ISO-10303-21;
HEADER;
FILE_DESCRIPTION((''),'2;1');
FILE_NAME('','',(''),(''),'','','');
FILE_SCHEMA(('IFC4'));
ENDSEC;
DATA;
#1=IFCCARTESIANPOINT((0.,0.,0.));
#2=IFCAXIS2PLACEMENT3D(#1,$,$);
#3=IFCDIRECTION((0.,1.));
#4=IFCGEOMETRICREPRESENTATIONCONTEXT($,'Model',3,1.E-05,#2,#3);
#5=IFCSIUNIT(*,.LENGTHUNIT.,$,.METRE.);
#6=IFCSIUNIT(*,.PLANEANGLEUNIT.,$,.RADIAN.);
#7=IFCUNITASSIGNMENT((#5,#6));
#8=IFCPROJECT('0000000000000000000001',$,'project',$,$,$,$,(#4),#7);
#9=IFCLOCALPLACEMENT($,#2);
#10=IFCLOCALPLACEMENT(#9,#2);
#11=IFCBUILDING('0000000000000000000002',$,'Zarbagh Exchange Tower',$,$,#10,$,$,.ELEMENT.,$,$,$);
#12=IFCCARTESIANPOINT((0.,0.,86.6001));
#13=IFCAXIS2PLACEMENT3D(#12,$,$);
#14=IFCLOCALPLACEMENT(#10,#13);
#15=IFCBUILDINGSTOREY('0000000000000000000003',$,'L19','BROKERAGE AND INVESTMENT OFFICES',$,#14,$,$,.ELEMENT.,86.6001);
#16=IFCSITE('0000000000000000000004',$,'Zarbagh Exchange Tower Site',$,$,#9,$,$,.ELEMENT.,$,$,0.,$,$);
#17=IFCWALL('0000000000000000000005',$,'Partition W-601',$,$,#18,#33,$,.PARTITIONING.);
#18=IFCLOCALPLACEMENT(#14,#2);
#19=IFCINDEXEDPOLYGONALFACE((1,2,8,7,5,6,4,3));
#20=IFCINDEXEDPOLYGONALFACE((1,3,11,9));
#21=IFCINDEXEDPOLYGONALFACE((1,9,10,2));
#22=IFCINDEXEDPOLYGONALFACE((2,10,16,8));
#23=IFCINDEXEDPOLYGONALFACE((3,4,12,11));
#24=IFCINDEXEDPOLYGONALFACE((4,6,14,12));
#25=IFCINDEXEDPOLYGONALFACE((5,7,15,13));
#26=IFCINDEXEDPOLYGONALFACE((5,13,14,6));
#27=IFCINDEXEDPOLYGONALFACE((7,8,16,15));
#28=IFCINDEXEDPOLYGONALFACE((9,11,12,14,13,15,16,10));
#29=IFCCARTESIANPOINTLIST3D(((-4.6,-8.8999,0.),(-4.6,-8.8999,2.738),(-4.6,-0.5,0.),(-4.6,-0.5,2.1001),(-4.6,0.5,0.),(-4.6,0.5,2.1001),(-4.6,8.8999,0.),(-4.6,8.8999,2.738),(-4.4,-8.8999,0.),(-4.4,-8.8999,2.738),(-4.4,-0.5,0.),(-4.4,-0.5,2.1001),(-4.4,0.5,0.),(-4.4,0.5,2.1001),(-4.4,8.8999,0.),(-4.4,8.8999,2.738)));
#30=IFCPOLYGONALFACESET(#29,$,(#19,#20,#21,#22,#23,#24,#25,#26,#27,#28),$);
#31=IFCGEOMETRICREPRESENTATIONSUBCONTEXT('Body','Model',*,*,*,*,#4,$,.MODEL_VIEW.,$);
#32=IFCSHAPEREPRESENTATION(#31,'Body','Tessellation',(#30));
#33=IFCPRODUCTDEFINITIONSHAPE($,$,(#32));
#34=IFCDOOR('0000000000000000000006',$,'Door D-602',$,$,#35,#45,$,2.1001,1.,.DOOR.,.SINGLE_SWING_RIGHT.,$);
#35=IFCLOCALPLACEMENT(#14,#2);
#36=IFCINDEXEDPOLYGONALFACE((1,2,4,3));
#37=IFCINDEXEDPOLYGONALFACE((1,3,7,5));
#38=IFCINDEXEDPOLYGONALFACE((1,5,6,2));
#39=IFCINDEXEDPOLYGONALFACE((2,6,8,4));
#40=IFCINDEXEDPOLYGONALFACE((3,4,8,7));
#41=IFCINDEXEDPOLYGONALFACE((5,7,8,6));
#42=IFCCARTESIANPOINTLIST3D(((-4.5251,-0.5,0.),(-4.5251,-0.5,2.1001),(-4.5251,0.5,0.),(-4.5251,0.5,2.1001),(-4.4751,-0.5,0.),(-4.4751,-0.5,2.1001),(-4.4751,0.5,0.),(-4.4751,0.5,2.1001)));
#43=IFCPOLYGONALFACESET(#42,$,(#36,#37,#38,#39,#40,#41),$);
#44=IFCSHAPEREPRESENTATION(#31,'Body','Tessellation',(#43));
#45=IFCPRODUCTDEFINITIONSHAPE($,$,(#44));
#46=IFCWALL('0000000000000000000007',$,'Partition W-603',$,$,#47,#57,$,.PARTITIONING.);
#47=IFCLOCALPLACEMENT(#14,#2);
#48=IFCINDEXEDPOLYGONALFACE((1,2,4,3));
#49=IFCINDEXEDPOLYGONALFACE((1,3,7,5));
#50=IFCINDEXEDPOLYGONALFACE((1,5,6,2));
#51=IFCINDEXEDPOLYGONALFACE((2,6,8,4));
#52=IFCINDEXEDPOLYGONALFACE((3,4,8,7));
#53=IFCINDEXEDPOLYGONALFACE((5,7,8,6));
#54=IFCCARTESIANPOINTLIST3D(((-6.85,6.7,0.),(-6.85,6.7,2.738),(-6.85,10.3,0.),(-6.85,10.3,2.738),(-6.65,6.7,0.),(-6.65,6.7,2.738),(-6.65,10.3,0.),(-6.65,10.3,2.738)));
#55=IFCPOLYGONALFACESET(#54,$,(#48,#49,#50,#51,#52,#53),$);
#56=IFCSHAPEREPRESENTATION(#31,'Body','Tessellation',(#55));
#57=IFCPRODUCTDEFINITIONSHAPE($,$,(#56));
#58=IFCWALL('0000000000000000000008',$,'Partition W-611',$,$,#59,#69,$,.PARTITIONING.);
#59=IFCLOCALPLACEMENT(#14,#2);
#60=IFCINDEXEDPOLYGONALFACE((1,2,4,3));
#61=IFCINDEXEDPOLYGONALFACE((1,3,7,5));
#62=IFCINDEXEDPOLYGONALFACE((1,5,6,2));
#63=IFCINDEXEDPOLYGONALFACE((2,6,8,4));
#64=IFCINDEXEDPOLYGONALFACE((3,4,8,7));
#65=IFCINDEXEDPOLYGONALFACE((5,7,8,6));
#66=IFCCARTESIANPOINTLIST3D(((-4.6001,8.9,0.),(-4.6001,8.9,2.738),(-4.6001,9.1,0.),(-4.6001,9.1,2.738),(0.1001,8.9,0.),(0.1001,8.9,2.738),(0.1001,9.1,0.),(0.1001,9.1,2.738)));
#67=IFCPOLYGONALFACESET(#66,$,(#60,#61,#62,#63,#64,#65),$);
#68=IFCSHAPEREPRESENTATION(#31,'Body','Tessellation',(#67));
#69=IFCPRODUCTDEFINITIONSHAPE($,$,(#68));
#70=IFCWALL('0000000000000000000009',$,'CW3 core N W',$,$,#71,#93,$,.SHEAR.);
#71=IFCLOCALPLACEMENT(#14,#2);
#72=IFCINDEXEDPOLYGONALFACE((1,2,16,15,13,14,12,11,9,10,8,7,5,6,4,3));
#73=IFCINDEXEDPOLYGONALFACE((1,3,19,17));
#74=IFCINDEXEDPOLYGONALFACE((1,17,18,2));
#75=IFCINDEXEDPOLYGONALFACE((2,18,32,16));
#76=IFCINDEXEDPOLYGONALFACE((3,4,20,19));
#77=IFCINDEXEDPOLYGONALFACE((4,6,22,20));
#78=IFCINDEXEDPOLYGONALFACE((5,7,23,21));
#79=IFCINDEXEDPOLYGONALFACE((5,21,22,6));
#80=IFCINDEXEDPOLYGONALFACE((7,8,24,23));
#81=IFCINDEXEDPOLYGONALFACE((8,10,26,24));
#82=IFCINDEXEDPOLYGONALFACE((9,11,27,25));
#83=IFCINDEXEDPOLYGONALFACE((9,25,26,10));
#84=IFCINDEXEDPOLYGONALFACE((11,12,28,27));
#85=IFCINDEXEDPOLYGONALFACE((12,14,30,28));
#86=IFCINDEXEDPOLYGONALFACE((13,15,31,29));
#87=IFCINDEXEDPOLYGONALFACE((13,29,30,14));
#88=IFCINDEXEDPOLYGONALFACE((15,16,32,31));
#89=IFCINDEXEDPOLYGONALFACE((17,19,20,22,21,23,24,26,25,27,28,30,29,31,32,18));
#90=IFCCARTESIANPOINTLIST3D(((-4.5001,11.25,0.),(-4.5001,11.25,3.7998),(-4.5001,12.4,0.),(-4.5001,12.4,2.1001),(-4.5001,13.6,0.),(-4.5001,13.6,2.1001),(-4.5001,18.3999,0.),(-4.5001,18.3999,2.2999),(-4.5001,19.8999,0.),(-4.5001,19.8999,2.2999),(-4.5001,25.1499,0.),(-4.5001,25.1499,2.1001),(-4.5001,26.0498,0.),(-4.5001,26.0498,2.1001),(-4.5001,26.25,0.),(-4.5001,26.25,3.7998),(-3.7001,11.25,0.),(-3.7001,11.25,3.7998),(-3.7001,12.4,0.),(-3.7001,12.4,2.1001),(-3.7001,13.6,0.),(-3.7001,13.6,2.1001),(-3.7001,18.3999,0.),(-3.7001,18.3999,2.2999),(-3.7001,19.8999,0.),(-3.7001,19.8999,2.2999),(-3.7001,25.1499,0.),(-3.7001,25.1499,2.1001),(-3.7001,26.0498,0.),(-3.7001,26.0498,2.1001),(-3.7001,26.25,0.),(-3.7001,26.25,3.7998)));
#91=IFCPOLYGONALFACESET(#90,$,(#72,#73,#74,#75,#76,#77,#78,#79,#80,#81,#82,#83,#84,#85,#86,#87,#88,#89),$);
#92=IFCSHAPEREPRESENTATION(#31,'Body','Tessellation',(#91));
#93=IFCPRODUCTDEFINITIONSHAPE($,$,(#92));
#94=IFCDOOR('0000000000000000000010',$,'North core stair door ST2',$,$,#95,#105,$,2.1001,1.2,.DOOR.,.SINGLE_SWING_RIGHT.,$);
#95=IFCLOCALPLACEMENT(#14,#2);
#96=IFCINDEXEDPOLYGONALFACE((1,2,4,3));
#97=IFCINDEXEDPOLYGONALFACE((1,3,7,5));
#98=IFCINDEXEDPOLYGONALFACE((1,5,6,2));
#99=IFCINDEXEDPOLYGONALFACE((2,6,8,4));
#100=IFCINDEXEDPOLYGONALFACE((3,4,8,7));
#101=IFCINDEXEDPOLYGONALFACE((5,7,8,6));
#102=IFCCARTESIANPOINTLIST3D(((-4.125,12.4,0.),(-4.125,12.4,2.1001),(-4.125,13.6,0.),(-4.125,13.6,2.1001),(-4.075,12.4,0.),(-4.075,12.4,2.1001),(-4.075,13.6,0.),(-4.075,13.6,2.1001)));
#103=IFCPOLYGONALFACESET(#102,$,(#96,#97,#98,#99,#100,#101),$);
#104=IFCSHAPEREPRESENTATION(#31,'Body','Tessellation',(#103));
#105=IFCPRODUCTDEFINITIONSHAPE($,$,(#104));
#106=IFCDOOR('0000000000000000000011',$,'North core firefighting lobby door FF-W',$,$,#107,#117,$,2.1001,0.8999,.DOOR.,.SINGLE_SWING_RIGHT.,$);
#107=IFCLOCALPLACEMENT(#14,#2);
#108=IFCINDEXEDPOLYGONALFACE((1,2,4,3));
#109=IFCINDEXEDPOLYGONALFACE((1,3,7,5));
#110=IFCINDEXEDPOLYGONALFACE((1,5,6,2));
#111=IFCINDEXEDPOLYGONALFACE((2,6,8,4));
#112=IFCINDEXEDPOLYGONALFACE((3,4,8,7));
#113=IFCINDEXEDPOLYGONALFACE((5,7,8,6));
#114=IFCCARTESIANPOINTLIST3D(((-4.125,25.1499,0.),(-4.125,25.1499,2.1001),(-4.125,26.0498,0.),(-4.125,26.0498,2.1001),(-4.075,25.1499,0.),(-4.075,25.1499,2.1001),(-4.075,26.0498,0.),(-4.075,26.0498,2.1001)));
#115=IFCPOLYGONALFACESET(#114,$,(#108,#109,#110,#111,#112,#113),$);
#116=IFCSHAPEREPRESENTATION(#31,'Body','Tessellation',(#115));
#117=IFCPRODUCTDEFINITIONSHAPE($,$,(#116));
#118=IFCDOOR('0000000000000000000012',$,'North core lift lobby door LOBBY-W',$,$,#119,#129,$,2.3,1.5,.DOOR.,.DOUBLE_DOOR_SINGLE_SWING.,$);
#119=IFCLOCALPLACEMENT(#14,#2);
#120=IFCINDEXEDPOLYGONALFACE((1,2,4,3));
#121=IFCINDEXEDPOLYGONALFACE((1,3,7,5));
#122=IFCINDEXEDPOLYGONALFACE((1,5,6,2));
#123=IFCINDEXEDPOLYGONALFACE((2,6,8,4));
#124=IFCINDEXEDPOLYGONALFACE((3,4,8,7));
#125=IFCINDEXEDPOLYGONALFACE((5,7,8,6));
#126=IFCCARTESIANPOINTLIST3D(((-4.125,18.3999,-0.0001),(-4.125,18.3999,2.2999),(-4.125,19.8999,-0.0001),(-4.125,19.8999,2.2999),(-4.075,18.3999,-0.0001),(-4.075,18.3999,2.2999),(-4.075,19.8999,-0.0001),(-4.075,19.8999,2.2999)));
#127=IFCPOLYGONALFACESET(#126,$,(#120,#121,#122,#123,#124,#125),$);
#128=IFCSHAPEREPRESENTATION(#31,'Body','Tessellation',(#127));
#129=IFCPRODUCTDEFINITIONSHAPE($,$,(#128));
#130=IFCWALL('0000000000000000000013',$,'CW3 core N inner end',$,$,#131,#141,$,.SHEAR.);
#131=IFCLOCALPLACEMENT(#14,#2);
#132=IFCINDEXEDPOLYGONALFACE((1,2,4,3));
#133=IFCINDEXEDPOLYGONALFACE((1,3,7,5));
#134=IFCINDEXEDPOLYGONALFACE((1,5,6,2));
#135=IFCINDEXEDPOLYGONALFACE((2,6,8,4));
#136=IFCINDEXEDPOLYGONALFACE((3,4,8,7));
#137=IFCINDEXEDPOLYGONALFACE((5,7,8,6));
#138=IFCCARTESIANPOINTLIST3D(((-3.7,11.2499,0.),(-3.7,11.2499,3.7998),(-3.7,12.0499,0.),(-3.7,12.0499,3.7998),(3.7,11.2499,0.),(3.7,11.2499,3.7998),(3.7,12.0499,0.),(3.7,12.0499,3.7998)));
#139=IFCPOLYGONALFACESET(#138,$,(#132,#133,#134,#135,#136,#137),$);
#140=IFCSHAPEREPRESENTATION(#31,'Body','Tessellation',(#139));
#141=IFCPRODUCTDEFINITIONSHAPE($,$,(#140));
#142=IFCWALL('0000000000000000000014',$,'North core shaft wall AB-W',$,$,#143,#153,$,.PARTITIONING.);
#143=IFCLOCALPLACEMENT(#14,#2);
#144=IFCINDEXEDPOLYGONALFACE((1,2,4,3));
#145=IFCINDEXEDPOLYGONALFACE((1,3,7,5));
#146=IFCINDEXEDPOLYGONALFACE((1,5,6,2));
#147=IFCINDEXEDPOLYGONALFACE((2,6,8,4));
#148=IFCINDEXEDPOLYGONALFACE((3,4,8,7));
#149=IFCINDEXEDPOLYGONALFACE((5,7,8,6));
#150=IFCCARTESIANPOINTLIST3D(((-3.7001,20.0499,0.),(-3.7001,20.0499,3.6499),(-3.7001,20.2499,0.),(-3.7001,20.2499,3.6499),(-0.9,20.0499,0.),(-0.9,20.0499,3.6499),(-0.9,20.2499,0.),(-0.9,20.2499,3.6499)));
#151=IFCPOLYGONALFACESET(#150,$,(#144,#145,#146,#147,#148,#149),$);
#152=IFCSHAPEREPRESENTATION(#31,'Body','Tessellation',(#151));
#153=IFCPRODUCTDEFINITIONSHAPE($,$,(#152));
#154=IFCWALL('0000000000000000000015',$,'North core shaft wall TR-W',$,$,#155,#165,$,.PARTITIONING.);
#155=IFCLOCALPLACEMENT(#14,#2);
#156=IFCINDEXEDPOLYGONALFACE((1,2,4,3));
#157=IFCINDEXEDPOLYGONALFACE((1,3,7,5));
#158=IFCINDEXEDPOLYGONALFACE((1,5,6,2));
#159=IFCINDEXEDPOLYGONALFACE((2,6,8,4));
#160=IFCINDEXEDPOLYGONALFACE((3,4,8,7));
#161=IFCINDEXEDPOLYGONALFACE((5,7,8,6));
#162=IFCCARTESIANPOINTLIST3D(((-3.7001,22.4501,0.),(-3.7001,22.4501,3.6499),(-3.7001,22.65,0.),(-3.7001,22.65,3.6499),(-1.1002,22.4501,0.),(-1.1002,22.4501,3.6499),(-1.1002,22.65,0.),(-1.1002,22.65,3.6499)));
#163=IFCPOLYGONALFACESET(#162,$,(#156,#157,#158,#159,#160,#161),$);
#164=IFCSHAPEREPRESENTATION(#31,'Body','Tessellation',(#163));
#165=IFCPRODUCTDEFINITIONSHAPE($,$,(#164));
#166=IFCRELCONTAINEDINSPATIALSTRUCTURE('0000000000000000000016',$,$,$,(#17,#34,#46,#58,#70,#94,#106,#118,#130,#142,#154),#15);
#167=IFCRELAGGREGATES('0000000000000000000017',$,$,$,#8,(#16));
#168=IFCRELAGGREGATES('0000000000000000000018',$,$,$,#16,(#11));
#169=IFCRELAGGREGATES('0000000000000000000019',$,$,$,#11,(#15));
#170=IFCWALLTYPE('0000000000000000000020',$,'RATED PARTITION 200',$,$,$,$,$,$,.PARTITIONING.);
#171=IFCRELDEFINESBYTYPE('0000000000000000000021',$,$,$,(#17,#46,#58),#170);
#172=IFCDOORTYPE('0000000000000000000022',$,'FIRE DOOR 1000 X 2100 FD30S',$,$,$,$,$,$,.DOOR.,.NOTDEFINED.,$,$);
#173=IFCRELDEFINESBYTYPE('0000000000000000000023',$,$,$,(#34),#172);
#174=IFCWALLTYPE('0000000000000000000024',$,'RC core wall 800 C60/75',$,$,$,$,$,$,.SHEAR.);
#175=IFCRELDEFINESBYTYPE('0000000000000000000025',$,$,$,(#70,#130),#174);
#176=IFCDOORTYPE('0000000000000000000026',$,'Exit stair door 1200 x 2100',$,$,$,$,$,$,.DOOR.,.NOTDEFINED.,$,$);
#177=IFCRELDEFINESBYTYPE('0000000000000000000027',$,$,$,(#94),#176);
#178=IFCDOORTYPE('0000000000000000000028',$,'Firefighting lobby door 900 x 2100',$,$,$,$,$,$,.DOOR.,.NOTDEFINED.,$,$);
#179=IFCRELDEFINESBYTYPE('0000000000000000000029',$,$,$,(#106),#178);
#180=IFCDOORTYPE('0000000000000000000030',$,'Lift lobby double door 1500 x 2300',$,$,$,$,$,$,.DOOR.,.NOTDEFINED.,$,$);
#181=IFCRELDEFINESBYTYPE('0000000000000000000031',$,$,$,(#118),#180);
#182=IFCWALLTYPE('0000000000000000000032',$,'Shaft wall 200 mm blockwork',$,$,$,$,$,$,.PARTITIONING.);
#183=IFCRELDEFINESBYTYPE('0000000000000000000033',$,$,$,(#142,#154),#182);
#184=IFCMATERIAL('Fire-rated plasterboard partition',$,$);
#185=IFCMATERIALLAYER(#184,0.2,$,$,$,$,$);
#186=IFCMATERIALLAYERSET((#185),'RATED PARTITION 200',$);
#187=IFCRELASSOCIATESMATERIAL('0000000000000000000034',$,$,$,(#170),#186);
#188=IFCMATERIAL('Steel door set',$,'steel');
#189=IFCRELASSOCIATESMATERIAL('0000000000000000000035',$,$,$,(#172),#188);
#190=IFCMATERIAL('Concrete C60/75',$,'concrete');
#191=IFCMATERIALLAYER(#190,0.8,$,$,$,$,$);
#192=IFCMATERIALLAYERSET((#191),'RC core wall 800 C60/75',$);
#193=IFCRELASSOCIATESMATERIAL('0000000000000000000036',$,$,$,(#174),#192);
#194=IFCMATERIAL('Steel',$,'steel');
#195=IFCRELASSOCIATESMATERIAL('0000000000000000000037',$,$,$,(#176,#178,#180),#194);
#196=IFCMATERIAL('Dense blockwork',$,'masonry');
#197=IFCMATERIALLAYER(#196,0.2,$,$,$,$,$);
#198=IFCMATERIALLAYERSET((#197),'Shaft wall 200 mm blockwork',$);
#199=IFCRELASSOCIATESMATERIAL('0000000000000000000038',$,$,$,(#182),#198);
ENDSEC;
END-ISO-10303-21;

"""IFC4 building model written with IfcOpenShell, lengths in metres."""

from ifc_helpers import new_model, si_unit, direction, frame, frame_2d, origin, place, context, subcontext, project, spatial, rectangle, extrude, material, layer, layer_set, type_object, element, fill, save


model = new_model("IFC4")

# Units and contexts
model_context = context("Model", 3, precision=1e-05, world=origin(), true_north=direction((0.0, 1.0)))
body_context = subcontext(model_context, "Body", "Model", "MODEL_VIEW")
ifc_project = project(units=[si_unit("LENGTHUNIT", "METRE"), si_unit("PLANEANGLEUNIT", "RADIAN")], contexts=[model_context])

# Site, building, storey
site_placement = place(None, origin())
site = spatial("IfcSite", under=ifc_project, at=site_placement, Name="Zarbagh Exchange Tower Site", CompositionType="ELEMENT", RefElevation=0.0)
building_placement = place(site_placement, origin())
building = spatial("IfcBuilding", under=site, at=building_placement, Name="Zarbagh Exchange Tower", CompositionType="ELEMENT")
storey_placement = place(building_placement, frame((0.0, 0.0, 86.6001)))
storey = spatial("IfcBuildingStorey", under=building, at=storey_placement, Name="L19", Description="BROKERAGE AND INVESTMENT OFFICES", CompositionType="ELEMENT", Elevation=86.6001)

# Shared definitions
ifc_material_1 = material(Name="Concrete C60/75", Category="concrete")

# Wall, opening, door
ifc_material_2 = material(Name="Fire-rated plasterboard partition")
ifc_layer_1 = layer(ifc_material_2, 0.2)
ifc_layer_set_1 = layer_set([ifc_layer_1], Name="RATED PARTITION 200")
wall_type_1 = type_object("IfcWallType", Name="RATED PARTITION 200", PredefinedType="PARTITIONING", material=ifc_layer_set_1)
wall_1_placement = place(storey_placement, frame((-4.5, 8.8999, 0.0), z_axis=(0.0, 0.0, 1.0), x_axis=(0.0, -1.0, 0.0)))
wall_1 = element("IfcWall", 1, at=wall_1_placement, inside=storey, type_object=wall_type_1, Name="Partition W-601", PredefinedType="PARTITIONING", context=body_context, shape_type="SweptSolid", body=[
    extrude(rectangle(XDim=17.7998, YDim=0.2, at=frame_2d((8.8999, 0.0))), origin(), (0.0, 0.0, 1.0), 2.738),
])
opening_1_placement = place(wall_1_placement, frame((8.3999, 0.0, 0.0)))
opening_1 = element("IfcOpeningElement", 2, at=opening_1_placement, cuts=wall_1, PredefinedType="OPENING", context=body_context, shape_type="SweptSolid", body=[
    extrude(rectangle(XDim=1.0, YDim=2.1001, at=frame_2d((0.5, 1.05))), frame((0.0, 0.1099, 0.0), z_axis=(0.0, -1.0, 0.0), x_axis=(1.0, 0.0, 0.0)), (0.0, 0.0, 1.0), 0.22),
])
ifc_material_3 = material(Name="Steel door set", Category="steel")
door_type_1 = type_object("IfcDoorType", Name="FIRE DOOR 1000 X 2100 FD30S", OperationType="NOTDEFINED", PredefinedType="DOOR", material=ifc_material_3)
door_1_placement = place(opening_1_placement, origin())
door_1 = element("IfcDoor", 3, at=door_1_placement, inside=storey, type_object=door_type_1, Name="Door D-602", OperationType="SINGLE_SWING_RIGHT", OverallHeight=2.1001, OverallWidth=1.0, PredefinedType="DOOR", context=body_context, shape_type="SweptSolid", body=[
    extrude(rectangle(XDim=1.0, YDim=2.1001, at=frame_2d((0.5, 1.05))), frame((0.0, 0.0249, 0.0), z_axis=(0.0, -1.0, 0.0), x_axis=(1.0, 0.0, 0.0)), (0.0, 0.0, 1.0), 0.05),
])
fill(opening_1, door_1)

# Walls
wall_2_placement = place(storey_placement, frame((-6.75, 6.7, 0.0), z_axis=(0.0, 0.0, 1.0), x_axis=(0.0, 1.0, 0.0)))
element("IfcWall", 4, at=wall_2_placement, inside=storey, type_object=wall_type_1, Name="Partition W-603", PredefinedType="PARTITIONING", context=body_context, shape_type="SweptSolid", body=[
    extrude(rectangle(XDim=3.6001, YDim=0.2, at=frame_2d((1.8, 0.0))), origin(), (0.0, 0.0, 1.0), 2.738),
])
wall_3_placement = place(storey_placement, frame((-4.6001, 9.0, 0.0), z_axis=(0.0, 0.0, 1.0), x_axis=(1.0, 0.0, 0.0)))
element("IfcWall", 5, at=wall_3_placement, inside=storey, type_object=wall_type_1, Name="Partition W-611", PredefinedType="PARTITIONING", context=body_context, shape_type="SweptSolid", body=[
    extrude(rectangle(XDim=4.7002, YDim=0.2, at=frame_2d((2.3501, 0.0))), origin(), (0.0, 0.0, 1.0), 2.738),
])

# Wall, openings, doors
ifc_layer_2 = layer(ifc_material_1, 0.8)
ifc_layer_set_2 = layer_set([ifc_layer_2], Name="RC core wall 800 C60/75")
wall_type_2 = type_object("IfcWallType", Name="RC core wall 800 C60/75", PredefinedType="SHEAR", material=ifc_layer_set_2)
wall_4_placement = place(storey_placement, frame((-4.1001, 11.25, 0.0), z_axis=(0.0, 0.0, 1.0), x_axis=(0.0, 1.0, 0.0)))
wall_4 = element("IfcWall", 6, at=wall_4_placement, inside=storey, type_object=wall_type_2, Name="CW3 core N W", PredefinedType="SHEAR", context=body_context, shape_type="SweptSolid", body=[
    extrude(rectangle(XDim=15.0, YDim=0.8, at=frame_2d((7.5, 0.0))), origin(), (0.0, 0.0, 1.0), 3.7998),
])
opening_2_placement = place(wall_4_placement, frame((7.1499, 0.0, 0.0)))
opening_2 = element("IfcOpeningElement", 7, at=opening_2_placement, cuts=wall_4, PredefinedType="OPENING", context=body_context, shape_type="SweptSolid", body=[
    extrude(rectangle(XDim=1.5, YDim=2.3, at=frame_2d((0.75, 1.1499))), frame((0.0, 0.4099, 0.0), z_axis=(0.0, -1.0, 0.0), x_axis=(1.0, 0.0, 0.0)), (0.0, 0.0, 1.0), 0.8201),
])
opening_3_placement = place(wall_4_placement, frame((13.8999, 0.0, 0.0)))
opening_3 = element("IfcOpeningElement", 8, at=opening_3_placement, cuts=wall_4, PredefinedType="OPENING", context=body_context, shape_type="SweptSolid", body=[
    extrude(rectangle(XDim=0.8999, YDim=2.1001, at=frame_2d((0.45, 1.05))), frame((0.0, 0.4099, 0.0), z_axis=(0.0, -1.0, 0.0), x_axis=(1.0, 0.0, 0.0)), (0.0, 0.0, 1.0), 0.8201),
])
opening_4_placement = place(wall_4_placement, frame((1.1499, 0.0, 0.0)))
opening_4 = element("IfcOpeningElement", 9, at=opening_4_placement, cuts=wall_4, PredefinedType="OPENING", context=body_context, shape_type="SweptSolid", body=[
    extrude(rectangle(XDim=1.2, YDim=2.1001, at=frame_2d((0.6001, 1.05))), frame((0.0, 0.4099, 0.0), z_axis=(0.0, -1.0, 0.0), x_axis=(1.0, 0.0, 0.0)), (0.0, 0.0, 1.0), 0.8201),
])
ifc_material_4 = material(Name="Steel", Category="steel")
door_type_2 = type_object("IfcDoorType", Name="Exit stair door 1200 x 2100", OperationType="NOTDEFINED", PredefinedType="DOOR", material=ifc_material_4)
door_2_placement = place(opening_4_placement, origin())
door_2 = element("IfcDoor", 10, at=door_2_placement, inside=storey, type_object=door_type_2, Name="North core stair door ST2", OperationType="SINGLE_SWING_RIGHT", OverallHeight=2.1001, OverallWidth=1.2, PredefinedType="DOOR", context=body_context, shape_type="SweptSolid", body=[
    extrude(rectangle(XDim=1.2, YDim=2.1001, at=frame_2d((0.6001, 1.05))), frame((0.0, 0.0249, 0.0), z_axis=(0.0, -1.0, 0.0), x_axis=(1.0, 0.0, 0.0)), (0.0, 0.0, 1.0), 0.05),
])
fill(opening_4, door_2)
door_type_3 = type_object("IfcDoorType", Name="Firefighting lobby door 900 x 2100", OperationType="NOTDEFINED", PredefinedType="DOOR", material=ifc_material_4)
door_3_placement = place(opening_3_placement, origin())
door_3 = element("IfcDoor", 11, at=door_3_placement, inside=storey, type_object=door_type_3, Name="North core firefighting lobby door FF-W", OperationType="SINGLE_SWING_RIGHT", OverallHeight=2.1001, OverallWidth=0.8999, PredefinedType="DOOR", context=body_context, shape_type="SweptSolid", body=[
    extrude(rectangle(XDim=0.8999, YDim=2.1001, at=frame_2d((0.45, 1.05))), frame((0.0, 0.0249, 0.0), z_axis=(0.0, -1.0, 0.0), x_axis=(1.0, 0.0, 0.0)), (0.0, 0.0, 1.0), 0.05),
])
fill(opening_3, door_3)
door_type_4 = type_object("IfcDoorType", Name="Lift lobby double door 1500 x 2300", OperationType="NOTDEFINED", PredefinedType="DOOR", material=ifc_material_4)
door_4_placement = place(opening_2_placement, origin())
door_4 = element("IfcDoor", 12, at=door_4_placement, inside=storey, type_object=door_type_4, Name="North core lift lobby door LOBBY-W", OperationType="DOUBLE_DOOR_SINGLE_SWING", OverallHeight=2.3, OverallWidth=1.5, PredefinedType="DOOR", context=body_context, shape_type="SweptSolid", body=[
    extrude(rectangle(XDim=1.5, YDim=2.3, at=frame_2d((0.75, 1.1499))), frame((0.0, 0.0249, 0.0), z_axis=(0.0, -1.0, 0.0), x_axis=(1.0, 0.0, 0.0)), (0.0, 0.0, 1.0), 0.05),
])
fill(opening_2, door_4)

# Walls
wall_5_placement = place(storey_placement, frame((-3.7, 11.6499, 0.0), z_axis=(0.0, 0.0, 1.0), x_axis=(1.0, 0.0, 0.0)))
element("IfcWall", 13, at=wall_5_placement, inside=storey, type_object=wall_type_2, Name="CW3 core N inner end", PredefinedType="SHEAR", context=body_context, shape_type="SweptSolid", body=[
    extrude(rectangle(XDim=7.3999, YDim=0.8, at=frame_2d((3.7, 0.0))), origin(), (0.0, 0.0, 1.0), 3.7998),
])
ifc_material_5 = material(Name="Dense blockwork", Category="masonry")
ifc_layer_3 = layer(ifc_material_5, 0.2)
ifc_layer_set_3 = layer_set([ifc_layer_3], Name="Shaft wall 200 mm blockwork")
wall_type_3 = type_object("IfcWallType", Name="Shaft wall 200 mm blockwork", PredefinedType="PARTITIONING", material=ifc_layer_set_3)
wall_6_placement = place(storey_placement, frame((-3.7, 20.1499, 0.0), z_axis=(0.0, 0.0, 1.0), x_axis=(1.0, 0.0, 0.0)))
element("IfcWall", 14, at=wall_6_placement, inside=storey, type_object=wall_type_3, Name="North core shaft wall AB-W", PredefinedType="PARTITIONING", context=body_context, shape_type="SweptSolid", body=[
    extrude(rectangle(XDim=2.8, YDim=0.2, at=frame_2d((1.3999, 0.0))), origin(), (0.0, 0.0, 1.0), 3.6499),
])
wall_7_placement = place(storey_placement, frame((-3.7, 22.55, 0.0), z_axis=(0.0, 0.0, 1.0), x_axis=(1.0, 0.0, 0.0)))
element("IfcWall", 15, at=wall_7_placement, inside=storey, type_object=wall_type_3, Name="North core shaft wall TR-W", PredefinedType="PARTITIONING", context=body_context, shape_type="SweptSolid", body=[
    extrude(rectangle(XDim=2.5999, YDim=0.2, at=frame_2d((1.2998, 0.0))), origin(), (0.0, 0.0, 1.0), 3.6499),
])

save(model, "model.ifc")
